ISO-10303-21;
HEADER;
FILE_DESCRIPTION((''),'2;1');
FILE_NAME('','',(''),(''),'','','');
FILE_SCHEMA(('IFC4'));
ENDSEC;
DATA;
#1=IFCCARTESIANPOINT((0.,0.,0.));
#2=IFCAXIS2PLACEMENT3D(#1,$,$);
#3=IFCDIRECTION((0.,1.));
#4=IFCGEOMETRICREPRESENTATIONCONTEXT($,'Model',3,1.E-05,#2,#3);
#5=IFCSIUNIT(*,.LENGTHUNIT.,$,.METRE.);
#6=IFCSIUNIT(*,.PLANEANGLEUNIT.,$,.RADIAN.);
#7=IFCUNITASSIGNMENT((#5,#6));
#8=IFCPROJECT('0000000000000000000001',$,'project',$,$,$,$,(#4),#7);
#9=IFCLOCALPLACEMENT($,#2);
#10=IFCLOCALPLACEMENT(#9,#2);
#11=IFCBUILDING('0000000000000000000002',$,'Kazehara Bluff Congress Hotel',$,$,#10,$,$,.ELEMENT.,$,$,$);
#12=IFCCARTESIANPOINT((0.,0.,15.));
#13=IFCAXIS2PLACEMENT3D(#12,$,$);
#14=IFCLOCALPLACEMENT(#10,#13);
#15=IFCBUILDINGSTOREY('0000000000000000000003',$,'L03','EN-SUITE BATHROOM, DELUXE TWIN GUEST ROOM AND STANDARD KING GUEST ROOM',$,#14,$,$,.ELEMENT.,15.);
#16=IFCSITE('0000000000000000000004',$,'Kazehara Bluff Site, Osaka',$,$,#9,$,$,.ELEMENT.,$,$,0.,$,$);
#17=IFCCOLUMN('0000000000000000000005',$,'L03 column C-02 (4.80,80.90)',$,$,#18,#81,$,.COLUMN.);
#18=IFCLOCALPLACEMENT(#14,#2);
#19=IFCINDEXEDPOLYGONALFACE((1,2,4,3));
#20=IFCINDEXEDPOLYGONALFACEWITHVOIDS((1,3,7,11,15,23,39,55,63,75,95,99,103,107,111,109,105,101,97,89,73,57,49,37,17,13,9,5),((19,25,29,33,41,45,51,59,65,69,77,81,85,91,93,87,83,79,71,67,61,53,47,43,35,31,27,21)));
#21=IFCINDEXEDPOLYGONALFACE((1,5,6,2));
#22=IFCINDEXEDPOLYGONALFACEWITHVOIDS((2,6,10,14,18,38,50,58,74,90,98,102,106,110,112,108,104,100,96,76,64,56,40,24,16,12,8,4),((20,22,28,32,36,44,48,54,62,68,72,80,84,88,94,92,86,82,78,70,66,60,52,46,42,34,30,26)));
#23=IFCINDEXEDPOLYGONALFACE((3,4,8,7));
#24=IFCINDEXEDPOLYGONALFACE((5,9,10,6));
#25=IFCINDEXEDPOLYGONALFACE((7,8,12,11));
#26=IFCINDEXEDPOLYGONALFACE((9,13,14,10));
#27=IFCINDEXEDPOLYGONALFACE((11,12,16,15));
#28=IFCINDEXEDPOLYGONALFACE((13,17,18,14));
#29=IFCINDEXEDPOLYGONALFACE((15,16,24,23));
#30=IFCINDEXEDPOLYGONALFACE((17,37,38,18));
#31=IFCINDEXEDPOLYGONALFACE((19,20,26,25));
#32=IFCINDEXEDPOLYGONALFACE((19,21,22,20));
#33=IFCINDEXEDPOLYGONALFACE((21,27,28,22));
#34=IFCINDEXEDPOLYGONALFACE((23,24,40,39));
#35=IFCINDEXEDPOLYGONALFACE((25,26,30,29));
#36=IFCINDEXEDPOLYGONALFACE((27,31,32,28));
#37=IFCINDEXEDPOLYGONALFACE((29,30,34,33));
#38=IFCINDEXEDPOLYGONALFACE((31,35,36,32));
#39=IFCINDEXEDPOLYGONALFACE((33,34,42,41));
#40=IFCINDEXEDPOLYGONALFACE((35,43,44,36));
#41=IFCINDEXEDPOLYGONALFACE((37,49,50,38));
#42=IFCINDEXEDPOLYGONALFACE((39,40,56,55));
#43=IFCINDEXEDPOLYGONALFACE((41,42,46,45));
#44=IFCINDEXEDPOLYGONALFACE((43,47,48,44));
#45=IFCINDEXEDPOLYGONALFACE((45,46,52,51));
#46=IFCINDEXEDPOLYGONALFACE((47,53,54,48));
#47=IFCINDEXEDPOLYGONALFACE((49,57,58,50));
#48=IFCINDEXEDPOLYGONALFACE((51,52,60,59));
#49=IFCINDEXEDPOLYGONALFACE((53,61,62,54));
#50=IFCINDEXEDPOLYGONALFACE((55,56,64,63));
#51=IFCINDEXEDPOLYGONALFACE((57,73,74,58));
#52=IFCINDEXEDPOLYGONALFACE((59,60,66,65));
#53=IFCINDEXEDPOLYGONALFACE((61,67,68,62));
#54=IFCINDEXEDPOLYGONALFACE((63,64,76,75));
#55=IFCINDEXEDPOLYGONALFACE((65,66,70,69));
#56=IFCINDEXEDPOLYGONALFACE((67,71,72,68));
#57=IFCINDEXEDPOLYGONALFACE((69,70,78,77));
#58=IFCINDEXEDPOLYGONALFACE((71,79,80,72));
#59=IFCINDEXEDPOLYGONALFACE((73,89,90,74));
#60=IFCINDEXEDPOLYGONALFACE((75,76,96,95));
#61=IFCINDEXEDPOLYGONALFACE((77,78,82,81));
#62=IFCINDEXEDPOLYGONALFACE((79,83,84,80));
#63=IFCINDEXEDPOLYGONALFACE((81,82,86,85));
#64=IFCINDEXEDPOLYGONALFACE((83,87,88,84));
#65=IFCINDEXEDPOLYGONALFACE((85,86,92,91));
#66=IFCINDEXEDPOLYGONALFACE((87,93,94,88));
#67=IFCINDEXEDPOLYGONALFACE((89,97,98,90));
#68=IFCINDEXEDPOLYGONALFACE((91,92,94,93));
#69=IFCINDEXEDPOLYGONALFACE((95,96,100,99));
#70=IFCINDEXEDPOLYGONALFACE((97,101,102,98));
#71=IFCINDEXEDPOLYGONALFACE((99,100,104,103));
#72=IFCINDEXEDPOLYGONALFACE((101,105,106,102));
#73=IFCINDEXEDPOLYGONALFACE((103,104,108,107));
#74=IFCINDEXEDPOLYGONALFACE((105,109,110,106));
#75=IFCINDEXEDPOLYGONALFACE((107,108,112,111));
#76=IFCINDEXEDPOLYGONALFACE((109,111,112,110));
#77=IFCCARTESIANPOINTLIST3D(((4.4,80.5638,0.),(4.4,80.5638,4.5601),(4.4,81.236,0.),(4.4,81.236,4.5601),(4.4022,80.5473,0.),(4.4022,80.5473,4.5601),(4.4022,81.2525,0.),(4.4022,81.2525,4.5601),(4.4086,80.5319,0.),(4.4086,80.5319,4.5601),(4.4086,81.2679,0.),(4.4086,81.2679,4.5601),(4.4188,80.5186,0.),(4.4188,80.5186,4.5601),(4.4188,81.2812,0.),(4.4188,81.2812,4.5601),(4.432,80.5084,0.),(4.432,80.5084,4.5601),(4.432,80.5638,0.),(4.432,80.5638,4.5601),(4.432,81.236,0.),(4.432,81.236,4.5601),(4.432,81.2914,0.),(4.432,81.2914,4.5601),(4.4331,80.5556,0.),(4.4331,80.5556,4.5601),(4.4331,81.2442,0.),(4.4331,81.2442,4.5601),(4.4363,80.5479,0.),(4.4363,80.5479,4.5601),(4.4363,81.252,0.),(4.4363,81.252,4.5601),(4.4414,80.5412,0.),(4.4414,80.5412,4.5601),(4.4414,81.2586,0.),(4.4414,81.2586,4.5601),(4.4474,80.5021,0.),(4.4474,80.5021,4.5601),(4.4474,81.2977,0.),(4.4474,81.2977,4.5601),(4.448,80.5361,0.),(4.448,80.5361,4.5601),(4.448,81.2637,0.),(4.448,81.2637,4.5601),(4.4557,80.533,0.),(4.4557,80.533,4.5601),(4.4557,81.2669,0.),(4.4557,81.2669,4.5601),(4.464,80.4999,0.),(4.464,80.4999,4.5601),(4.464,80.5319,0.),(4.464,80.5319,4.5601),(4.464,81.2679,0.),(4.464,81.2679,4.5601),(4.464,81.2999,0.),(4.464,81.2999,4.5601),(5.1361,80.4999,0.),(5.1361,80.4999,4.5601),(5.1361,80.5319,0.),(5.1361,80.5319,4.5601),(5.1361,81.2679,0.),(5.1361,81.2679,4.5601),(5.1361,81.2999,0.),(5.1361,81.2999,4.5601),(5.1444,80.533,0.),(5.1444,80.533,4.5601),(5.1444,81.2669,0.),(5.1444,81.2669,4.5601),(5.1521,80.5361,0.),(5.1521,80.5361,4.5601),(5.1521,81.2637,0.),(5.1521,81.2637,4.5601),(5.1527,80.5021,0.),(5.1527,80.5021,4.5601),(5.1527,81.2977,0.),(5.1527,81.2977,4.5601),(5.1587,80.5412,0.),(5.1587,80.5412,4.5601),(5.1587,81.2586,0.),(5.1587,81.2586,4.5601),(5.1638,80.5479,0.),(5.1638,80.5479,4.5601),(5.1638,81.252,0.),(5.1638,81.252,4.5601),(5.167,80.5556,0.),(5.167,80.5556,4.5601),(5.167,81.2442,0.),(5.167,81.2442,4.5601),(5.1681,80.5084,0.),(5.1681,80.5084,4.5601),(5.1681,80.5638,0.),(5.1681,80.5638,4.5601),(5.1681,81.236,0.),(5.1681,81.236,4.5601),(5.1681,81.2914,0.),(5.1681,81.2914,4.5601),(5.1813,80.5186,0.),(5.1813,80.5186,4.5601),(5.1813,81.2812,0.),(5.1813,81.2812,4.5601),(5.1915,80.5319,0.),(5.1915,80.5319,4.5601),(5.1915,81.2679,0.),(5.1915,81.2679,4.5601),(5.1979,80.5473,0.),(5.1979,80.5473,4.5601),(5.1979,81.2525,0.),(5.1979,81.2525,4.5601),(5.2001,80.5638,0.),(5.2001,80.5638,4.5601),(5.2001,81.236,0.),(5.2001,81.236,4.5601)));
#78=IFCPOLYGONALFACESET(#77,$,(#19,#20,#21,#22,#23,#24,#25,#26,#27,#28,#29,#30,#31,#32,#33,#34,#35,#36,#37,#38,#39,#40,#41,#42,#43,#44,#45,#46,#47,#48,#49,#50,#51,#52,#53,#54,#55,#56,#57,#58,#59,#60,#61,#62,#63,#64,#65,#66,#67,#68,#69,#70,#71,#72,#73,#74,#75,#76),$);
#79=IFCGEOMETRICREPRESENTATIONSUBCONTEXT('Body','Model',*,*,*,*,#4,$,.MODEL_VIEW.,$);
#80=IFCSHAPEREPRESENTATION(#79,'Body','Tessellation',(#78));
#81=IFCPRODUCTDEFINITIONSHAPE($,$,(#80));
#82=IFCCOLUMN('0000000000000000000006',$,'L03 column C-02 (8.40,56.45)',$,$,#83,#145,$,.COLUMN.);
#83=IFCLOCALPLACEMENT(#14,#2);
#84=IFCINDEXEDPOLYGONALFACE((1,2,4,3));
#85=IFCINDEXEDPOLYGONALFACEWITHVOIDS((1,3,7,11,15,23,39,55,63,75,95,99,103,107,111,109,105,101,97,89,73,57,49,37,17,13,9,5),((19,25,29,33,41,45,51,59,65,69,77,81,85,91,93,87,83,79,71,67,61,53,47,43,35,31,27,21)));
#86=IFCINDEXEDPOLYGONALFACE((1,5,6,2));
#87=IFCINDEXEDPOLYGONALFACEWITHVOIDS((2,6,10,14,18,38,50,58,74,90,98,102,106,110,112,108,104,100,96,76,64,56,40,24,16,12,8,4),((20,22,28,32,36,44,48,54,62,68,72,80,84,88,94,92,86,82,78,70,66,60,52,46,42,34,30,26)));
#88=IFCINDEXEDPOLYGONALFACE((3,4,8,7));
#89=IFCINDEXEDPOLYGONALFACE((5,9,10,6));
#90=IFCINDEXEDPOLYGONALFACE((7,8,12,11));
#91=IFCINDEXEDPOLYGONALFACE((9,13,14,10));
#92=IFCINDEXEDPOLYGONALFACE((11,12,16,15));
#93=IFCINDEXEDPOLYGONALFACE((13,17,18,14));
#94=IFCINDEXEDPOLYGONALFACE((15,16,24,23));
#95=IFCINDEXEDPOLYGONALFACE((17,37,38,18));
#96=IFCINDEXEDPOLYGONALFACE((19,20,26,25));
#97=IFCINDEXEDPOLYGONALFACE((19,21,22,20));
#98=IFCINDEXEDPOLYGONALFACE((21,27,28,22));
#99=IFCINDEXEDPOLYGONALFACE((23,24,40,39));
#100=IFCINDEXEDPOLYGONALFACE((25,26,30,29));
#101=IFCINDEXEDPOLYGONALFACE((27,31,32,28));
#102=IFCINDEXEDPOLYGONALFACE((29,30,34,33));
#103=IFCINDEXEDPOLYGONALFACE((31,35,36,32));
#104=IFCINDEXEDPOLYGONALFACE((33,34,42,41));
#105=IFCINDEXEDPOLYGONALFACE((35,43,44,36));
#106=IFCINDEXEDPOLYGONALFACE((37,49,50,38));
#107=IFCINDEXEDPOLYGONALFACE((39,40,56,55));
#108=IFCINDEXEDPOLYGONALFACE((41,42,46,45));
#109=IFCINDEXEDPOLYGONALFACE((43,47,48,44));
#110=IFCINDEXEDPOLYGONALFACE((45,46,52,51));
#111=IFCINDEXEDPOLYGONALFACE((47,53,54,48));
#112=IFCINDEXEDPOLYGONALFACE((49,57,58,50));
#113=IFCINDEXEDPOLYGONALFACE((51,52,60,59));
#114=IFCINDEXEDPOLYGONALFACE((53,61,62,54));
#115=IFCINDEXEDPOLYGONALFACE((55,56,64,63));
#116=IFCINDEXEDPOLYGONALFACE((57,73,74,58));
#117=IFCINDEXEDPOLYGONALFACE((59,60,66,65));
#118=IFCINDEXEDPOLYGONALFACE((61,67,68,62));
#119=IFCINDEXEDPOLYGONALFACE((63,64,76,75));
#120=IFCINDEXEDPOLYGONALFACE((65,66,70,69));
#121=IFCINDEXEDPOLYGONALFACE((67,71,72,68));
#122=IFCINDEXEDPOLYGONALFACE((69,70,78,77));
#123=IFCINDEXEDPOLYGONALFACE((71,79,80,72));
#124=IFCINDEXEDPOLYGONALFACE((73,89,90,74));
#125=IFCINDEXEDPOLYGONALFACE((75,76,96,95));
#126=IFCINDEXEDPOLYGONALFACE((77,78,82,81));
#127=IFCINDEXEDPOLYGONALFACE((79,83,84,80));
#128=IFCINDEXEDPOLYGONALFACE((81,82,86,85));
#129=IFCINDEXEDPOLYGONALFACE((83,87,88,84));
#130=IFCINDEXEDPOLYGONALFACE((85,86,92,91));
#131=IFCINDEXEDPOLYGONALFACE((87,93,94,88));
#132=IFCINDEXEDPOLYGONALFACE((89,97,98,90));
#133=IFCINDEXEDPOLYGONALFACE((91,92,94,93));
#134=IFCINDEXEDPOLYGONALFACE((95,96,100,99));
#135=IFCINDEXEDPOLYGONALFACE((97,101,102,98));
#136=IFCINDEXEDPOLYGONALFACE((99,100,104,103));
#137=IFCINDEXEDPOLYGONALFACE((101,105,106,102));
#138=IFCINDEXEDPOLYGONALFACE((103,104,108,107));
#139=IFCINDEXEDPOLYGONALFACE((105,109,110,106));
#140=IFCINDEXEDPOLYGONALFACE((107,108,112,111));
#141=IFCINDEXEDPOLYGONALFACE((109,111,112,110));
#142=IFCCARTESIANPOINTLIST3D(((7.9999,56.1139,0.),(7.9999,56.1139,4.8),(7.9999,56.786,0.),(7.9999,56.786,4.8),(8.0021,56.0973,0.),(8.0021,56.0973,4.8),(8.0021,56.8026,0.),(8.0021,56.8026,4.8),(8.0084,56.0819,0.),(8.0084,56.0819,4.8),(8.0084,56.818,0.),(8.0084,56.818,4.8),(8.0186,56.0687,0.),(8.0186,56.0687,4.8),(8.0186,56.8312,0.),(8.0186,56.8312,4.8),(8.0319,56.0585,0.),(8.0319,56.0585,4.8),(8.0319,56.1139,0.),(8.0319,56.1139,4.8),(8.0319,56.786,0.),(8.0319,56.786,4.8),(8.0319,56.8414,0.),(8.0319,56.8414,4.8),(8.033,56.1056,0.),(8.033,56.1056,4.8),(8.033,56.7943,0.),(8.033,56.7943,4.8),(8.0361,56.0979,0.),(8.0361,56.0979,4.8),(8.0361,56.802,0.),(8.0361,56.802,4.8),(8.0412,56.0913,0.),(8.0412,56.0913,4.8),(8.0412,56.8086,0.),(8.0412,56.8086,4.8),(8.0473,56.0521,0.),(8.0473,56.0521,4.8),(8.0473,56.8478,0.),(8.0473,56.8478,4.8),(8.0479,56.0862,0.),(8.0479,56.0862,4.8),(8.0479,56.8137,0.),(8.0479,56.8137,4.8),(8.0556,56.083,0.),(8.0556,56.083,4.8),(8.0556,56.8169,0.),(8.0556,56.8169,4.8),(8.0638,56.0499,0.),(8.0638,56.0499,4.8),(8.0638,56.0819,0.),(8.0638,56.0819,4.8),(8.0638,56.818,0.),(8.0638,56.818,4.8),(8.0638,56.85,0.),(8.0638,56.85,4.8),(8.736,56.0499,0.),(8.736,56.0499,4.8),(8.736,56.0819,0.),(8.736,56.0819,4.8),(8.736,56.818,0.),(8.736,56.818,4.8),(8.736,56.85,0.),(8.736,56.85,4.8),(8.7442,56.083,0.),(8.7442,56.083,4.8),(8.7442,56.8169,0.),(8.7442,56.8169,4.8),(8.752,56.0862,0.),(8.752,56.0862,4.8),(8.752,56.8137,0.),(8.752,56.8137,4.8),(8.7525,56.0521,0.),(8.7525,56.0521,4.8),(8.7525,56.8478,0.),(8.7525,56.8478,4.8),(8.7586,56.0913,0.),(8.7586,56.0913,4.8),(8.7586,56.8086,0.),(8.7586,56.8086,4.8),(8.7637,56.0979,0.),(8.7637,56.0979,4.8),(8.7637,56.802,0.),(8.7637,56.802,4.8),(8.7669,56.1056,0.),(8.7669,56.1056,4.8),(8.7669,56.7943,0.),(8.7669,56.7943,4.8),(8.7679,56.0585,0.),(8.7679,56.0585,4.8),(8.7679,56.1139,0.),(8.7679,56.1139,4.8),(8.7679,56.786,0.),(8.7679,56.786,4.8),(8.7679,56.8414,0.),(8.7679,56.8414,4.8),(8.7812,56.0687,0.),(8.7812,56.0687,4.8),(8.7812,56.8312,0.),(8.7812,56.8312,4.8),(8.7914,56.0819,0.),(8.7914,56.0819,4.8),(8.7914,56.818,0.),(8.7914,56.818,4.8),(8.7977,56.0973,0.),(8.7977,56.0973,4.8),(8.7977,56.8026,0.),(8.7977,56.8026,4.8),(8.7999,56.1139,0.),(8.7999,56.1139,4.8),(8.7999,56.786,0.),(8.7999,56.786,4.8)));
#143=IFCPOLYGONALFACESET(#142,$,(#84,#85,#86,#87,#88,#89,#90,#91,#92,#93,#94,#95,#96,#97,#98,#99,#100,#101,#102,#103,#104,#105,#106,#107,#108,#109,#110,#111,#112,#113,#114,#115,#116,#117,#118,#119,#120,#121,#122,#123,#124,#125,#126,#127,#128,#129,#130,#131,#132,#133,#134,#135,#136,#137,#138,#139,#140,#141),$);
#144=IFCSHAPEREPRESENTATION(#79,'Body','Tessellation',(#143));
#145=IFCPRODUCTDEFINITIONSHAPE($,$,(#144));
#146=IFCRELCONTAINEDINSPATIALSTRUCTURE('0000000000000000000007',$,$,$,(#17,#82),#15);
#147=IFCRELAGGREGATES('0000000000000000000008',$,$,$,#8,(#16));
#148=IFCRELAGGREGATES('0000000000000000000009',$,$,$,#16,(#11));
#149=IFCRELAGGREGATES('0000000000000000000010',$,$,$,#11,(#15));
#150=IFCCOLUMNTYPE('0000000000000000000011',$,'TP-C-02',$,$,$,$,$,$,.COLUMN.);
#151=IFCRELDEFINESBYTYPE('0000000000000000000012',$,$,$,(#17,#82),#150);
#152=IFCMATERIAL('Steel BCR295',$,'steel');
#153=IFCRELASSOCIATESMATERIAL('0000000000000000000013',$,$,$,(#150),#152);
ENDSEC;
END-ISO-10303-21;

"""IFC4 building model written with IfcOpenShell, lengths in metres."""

from ifc_helpers import new_model, si_unit, direction, frame, origin, origin_2d, place, context, subcontext, project, spatial, hollow_rectangle, extrude, material, material_profile, profile_set, type_object, element, save


model = new_model("IFC4")

# Units and contexts
model_context = context("Model", 3, precision=1e-05, world=origin(), true_north=direction((0.0, 1.0)))
body_context = subcontext(model_context, "Body", "Model", "MODEL_VIEW")
ifc_project = project(units=[si_unit("LENGTHUNIT", "METRE"), si_unit("PLANEANGLEUNIT", "RADIAN")], contexts=[model_context])

# Site, building, storey
site_placement = place(None, origin())
site = spatial("IfcSite", under=ifc_project, at=site_placement, Name="Kazehara Bluff Site, Osaka", CompositionType="ELEMENT", RefElevation=0.0)
building_placement = place(site_placement, origin())
building = spatial("IfcBuilding", under=site, at=building_placement, Name="Kazehara Bluff Congress Hotel", CompositionType="ELEMENT")
storey_placement = place(building_placement, frame((0.0, 0.0, 15.0)))
storey = spatial("IfcBuildingStorey", under=building, at=storey_placement, Name="L03", Description="EN-SUITE BATHROOM, DELUXE TWIN GUEST ROOM AND STANDARD KING GUEST ROOM", CompositionType="ELEMENT", Elevation=15.0)

# Columns
ifc_material_1 = material(Name="Steel BCR295", Category="steel")
ifc_material_profile_1 = material_profile(ifc_material_1, hollow_rectangle(XDim=0.8, YDim=0.8, WallThickness=0.032, InnerFilletRadius=0.032, OuterFilletRadius=0.064, at=origin_2d()))
ifc_profile_set_1 = profile_set([ifc_material_profile_1], Name="Steel BCR295")
column_type = type_object("IfcColumnType", Name="TP-C-02", PredefinedType="COLUMN", material=ifc_profile_set_1)
for number, where, z_axis, x_axis, name in (
    (1, (4.8, 80.8999, 0.0), (0.0, 0.0, 1.0), (1.0, 0.0, 0.0), "L03 column C-02 (4.80,80.90)"),
):
    element("IfcColumn", number, at=place(storey_placement, frame(where, z_axis=z_axis, x_axis=x_axis)), inside=storey, type_object=column_type, Name=name, PredefinedType="COLUMN", context=body_context, shape_type="SweptSolid", body=[
        extrude(hollow_rectangle(XDim=0.8, YDim=0.8, WallThickness=0.032, InnerFilletRadius=0.032, OuterFilletRadius=0.064, at=origin_2d()), origin(), (0.0, 0.0, 1.0), 4.5601),
    ])
for number, where, z_axis, x_axis, name in (
    (2, (8.3999, 56.45, 0.0), (0.0, 0.0, 1.0), (1.0, 0.0, 0.0), "L03 column C-02 (8.40,56.45)"),
):
    element("IfcColumn", number, at=place(storey_placement, frame(where, z_axis=z_axis, x_axis=x_axis)), inside=storey, type_object=column_type, Name=name, PredefinedType="COLUMN", context=body_context, shape_type="SweptSolid", body=[
        extrude(hollow_rectangle(XDim=0.8, YDim=0.8, WallThickness=0.032, InnerFilletRadius=0.032, OuterFilletRadius=0.064, at=origin_2d()), origin(), (0.0, 0.0, 1.0), 4.8),
    ])

save(model, "model.ifc")
